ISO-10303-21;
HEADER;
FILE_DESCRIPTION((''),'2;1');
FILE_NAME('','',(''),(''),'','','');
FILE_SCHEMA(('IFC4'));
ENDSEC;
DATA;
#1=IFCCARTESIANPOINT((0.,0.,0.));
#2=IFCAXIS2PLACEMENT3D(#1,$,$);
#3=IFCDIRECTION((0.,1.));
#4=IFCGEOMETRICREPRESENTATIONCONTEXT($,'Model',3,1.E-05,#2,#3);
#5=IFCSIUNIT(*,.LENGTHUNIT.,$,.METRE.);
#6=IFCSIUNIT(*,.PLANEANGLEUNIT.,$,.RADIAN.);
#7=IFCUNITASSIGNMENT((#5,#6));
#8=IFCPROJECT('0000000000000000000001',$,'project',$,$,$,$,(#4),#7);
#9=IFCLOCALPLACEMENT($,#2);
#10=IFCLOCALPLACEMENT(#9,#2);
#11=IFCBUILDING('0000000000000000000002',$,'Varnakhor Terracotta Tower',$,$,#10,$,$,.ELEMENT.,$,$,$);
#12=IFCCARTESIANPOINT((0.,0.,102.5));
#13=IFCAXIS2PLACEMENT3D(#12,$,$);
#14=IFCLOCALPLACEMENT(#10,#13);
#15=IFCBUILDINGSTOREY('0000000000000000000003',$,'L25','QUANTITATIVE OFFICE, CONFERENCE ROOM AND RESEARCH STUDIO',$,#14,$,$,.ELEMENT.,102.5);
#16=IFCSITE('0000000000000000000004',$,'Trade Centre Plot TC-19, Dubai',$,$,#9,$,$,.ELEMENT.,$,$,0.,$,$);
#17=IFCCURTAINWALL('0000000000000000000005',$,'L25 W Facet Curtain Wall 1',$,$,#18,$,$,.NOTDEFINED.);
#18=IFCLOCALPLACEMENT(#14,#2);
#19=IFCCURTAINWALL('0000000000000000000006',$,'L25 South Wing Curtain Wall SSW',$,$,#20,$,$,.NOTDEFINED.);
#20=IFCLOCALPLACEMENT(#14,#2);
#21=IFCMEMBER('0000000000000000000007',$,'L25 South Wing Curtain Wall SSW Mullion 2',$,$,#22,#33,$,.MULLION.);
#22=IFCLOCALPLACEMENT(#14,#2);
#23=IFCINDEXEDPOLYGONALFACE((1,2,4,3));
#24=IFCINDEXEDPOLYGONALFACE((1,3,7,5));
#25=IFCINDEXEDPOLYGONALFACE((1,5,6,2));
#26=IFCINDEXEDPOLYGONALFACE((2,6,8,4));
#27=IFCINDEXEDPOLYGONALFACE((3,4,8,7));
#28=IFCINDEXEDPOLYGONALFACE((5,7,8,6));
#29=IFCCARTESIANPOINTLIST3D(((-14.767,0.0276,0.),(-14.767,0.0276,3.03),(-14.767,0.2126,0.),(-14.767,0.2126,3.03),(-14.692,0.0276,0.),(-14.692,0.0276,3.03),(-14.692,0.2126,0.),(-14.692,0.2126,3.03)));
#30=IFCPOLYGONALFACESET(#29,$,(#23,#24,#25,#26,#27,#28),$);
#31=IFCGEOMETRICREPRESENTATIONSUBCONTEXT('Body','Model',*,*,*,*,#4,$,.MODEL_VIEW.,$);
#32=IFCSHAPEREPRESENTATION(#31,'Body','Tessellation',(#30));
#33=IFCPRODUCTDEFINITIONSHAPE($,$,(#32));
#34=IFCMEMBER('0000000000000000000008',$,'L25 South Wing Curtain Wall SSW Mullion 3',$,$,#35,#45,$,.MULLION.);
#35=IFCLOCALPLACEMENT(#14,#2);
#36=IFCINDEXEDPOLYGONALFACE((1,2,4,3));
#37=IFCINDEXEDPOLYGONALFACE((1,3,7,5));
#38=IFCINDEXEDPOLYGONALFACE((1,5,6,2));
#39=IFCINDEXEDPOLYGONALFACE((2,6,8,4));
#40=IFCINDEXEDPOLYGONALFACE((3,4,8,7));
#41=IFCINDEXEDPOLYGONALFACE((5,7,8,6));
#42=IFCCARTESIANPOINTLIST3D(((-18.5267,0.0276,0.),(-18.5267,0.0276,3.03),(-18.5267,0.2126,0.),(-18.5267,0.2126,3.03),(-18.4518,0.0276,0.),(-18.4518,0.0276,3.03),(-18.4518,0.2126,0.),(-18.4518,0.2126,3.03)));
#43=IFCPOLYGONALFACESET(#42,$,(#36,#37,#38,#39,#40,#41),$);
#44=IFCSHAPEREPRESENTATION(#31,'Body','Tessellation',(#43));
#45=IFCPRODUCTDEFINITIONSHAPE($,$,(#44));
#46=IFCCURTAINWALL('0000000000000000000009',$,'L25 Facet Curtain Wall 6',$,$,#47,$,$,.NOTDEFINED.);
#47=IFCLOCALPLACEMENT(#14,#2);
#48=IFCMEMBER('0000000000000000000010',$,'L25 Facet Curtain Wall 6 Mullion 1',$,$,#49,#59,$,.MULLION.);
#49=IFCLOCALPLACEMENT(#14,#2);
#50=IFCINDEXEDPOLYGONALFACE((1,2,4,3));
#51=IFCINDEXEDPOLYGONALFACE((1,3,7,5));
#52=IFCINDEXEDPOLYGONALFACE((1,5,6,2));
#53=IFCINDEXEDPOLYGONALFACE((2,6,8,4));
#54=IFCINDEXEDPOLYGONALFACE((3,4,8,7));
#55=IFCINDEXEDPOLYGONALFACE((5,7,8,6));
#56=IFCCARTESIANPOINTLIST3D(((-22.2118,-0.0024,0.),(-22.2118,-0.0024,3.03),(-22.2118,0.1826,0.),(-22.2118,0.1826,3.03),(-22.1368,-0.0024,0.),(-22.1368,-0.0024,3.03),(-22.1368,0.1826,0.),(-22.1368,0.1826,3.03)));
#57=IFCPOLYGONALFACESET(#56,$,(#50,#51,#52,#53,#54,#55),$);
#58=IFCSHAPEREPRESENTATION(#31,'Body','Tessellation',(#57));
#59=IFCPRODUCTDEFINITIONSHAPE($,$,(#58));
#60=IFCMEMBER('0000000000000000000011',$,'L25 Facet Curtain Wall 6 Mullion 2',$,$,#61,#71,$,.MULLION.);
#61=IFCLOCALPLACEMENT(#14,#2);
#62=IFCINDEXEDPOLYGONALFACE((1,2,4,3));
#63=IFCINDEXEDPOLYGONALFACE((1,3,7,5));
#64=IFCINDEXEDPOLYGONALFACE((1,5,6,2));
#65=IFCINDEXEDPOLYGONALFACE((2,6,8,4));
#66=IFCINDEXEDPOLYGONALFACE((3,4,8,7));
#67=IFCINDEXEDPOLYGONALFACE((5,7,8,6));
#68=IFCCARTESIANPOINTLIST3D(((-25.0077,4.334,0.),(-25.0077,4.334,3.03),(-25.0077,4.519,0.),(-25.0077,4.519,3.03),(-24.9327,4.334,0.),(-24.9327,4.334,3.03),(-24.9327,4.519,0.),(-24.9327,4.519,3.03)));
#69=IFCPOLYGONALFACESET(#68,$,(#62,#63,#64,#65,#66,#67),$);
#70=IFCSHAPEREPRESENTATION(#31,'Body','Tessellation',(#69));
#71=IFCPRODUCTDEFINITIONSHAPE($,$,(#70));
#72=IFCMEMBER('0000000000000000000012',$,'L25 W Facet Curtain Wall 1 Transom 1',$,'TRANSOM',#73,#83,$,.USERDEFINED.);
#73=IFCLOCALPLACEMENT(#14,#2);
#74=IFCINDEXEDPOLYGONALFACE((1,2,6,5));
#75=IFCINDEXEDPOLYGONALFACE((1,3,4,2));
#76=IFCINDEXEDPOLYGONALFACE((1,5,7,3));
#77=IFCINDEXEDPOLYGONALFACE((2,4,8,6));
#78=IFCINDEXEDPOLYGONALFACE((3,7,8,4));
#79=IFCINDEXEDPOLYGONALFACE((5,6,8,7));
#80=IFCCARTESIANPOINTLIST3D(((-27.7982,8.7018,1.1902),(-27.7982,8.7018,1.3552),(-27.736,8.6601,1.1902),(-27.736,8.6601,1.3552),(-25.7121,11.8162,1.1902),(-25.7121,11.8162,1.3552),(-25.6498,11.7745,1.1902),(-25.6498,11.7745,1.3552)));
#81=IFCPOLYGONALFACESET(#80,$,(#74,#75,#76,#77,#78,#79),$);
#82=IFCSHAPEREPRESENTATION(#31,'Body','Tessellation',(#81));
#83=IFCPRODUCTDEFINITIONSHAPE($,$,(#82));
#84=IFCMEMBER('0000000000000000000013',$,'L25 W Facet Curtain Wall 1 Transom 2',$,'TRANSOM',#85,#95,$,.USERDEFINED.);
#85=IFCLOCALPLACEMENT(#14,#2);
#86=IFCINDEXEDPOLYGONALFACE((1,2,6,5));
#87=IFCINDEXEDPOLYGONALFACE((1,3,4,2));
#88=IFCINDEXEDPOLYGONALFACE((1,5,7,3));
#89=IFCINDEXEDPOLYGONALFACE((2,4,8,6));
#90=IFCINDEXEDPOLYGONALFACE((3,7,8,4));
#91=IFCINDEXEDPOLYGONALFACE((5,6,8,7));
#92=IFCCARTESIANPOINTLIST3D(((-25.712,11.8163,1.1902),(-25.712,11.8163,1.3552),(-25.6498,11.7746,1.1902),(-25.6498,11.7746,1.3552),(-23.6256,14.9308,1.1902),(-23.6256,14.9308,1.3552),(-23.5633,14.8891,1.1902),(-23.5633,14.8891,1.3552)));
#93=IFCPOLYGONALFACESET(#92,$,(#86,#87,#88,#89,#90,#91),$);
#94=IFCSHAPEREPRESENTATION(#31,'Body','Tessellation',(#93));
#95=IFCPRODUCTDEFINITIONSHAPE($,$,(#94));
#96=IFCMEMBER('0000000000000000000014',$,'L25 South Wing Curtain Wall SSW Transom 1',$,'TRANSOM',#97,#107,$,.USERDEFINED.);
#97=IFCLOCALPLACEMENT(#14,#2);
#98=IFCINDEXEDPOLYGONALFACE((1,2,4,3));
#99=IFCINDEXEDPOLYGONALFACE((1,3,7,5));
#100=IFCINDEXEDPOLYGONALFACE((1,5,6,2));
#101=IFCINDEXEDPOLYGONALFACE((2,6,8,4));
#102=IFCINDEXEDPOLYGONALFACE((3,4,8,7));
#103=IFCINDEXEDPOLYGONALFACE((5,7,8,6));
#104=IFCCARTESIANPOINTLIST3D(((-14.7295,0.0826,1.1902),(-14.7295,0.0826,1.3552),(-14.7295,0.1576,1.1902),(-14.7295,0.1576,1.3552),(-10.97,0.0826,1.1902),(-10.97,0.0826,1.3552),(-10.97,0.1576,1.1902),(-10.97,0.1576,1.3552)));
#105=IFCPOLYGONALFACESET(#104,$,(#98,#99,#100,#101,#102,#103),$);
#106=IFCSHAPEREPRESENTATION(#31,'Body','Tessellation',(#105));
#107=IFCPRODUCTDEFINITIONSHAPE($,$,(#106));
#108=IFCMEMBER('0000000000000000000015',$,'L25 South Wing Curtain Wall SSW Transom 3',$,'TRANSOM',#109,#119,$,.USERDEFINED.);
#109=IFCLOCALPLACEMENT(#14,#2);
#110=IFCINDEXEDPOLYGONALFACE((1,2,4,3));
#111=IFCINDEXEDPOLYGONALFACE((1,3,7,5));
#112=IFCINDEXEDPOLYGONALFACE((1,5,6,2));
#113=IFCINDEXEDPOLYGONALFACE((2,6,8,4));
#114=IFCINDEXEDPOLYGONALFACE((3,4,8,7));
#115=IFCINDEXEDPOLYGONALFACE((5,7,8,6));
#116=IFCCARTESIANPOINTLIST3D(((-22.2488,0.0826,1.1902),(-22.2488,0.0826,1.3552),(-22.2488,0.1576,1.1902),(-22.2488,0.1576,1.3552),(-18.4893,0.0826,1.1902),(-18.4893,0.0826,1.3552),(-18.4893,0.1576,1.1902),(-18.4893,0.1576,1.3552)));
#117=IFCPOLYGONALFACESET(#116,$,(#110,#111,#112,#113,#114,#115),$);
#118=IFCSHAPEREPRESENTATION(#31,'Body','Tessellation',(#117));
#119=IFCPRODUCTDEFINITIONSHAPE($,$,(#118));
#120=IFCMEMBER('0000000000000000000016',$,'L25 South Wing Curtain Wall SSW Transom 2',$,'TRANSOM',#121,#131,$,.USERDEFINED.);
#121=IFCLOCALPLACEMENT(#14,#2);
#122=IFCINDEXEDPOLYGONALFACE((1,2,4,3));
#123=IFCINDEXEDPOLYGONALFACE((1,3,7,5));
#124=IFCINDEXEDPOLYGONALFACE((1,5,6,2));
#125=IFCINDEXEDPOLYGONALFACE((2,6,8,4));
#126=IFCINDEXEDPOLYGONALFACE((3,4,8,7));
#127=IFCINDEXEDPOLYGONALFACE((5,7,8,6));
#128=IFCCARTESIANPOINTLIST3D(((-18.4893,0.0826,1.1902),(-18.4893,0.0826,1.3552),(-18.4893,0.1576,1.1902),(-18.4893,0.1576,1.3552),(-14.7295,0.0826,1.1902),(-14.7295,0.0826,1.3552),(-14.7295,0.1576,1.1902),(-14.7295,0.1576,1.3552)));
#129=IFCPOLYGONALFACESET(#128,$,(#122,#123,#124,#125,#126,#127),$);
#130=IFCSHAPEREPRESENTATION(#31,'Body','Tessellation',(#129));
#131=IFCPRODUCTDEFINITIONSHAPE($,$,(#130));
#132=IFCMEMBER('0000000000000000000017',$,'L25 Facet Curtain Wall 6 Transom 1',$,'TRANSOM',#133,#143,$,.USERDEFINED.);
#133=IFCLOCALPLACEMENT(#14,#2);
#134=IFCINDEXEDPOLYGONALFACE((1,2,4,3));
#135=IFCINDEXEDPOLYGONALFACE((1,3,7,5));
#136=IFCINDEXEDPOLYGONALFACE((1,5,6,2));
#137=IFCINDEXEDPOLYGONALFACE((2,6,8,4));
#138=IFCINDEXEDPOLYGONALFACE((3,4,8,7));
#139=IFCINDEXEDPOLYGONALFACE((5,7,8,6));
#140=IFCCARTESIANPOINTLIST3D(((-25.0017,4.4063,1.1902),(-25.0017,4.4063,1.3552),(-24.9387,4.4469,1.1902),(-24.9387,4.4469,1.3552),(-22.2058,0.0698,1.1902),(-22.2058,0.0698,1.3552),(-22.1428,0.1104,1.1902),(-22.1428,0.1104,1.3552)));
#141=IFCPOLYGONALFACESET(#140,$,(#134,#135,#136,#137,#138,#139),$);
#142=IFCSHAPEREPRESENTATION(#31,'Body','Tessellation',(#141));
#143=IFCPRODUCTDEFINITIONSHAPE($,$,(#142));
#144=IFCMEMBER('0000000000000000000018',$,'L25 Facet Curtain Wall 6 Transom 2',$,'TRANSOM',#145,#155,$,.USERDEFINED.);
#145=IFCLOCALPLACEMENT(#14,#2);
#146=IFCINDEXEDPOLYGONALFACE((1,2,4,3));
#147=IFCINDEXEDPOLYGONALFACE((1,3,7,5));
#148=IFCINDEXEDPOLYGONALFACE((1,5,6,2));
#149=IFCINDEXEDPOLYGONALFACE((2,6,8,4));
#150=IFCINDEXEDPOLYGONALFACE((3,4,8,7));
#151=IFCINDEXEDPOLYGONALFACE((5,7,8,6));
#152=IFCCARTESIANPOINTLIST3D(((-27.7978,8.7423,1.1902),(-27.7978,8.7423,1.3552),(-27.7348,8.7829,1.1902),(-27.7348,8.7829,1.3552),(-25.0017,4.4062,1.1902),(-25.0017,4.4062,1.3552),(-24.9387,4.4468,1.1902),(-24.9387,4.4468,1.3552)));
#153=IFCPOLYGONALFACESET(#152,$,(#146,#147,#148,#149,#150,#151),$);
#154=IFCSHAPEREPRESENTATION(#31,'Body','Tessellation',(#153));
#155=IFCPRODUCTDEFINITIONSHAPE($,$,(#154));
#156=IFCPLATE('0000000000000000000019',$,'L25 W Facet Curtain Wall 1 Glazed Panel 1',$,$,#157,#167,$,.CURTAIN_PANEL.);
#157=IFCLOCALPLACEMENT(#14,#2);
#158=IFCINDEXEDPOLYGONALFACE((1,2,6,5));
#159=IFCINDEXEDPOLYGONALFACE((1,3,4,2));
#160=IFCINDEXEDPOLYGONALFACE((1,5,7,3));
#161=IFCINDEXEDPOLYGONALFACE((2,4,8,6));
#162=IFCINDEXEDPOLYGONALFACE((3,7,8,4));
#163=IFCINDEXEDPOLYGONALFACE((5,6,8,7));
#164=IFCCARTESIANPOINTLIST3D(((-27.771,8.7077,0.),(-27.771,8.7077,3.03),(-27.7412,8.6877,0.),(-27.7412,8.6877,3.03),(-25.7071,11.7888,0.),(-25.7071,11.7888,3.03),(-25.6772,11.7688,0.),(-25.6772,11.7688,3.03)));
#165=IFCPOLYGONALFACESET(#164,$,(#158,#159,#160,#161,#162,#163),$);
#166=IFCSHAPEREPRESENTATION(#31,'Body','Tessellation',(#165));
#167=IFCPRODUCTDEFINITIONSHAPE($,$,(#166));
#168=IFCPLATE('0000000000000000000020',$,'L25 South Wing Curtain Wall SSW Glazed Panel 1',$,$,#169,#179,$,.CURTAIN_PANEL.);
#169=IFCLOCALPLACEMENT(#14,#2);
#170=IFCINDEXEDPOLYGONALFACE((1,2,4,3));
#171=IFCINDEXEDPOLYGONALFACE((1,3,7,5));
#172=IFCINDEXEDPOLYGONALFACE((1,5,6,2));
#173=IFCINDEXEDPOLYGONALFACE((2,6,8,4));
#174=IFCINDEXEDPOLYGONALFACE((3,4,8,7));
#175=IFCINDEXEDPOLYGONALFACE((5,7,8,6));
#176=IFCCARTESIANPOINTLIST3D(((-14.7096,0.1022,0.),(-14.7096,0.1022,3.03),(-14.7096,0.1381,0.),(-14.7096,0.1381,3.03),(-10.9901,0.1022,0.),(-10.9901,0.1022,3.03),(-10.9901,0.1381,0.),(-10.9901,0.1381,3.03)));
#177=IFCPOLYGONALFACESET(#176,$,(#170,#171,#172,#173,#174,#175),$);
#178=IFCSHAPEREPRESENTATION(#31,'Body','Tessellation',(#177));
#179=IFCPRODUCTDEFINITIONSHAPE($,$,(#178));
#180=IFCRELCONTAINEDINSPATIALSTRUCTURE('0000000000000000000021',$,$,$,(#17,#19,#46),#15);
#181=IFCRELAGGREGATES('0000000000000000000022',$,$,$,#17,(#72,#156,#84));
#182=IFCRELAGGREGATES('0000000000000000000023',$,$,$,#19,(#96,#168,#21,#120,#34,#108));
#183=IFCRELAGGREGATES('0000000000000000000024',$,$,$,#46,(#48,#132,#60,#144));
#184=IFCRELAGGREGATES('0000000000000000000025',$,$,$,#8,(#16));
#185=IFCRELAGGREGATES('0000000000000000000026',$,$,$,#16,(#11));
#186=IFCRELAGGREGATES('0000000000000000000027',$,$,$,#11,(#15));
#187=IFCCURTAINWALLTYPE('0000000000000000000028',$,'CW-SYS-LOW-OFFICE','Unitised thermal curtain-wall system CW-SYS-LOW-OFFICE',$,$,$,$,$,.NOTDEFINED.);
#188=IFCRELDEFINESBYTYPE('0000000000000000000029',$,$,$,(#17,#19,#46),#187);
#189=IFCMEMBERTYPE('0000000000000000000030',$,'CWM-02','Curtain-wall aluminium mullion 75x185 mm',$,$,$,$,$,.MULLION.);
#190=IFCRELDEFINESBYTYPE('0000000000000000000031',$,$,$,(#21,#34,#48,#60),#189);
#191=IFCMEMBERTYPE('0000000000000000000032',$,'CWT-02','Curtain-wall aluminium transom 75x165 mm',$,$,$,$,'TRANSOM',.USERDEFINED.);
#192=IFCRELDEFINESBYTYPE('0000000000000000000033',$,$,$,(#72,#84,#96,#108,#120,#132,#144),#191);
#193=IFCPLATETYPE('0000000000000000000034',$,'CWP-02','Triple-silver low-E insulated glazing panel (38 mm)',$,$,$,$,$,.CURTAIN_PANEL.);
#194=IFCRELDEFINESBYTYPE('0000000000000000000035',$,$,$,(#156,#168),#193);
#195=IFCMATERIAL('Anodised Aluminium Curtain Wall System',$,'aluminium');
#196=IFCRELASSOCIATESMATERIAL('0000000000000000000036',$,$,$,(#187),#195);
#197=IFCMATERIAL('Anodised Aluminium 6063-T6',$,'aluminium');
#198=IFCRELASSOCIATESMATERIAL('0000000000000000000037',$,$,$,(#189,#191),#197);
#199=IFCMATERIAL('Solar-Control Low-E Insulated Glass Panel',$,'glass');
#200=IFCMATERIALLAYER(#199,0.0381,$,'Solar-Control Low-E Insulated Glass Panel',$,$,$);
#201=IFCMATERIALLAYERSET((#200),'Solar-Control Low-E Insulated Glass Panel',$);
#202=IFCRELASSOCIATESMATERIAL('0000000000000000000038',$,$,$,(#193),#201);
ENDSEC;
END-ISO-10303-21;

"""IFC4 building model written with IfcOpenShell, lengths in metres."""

from ifc_helpers import new_model, si_unit, direction, frame, origin, origin_2d, place, context, subcontext, project, spatial, rectangle, extrude, source, transform, mapped, material, layer, layer_set, material_profile, profile_set, type_object, type_shapes, element, aggregate, save


model = new_model("IFC4")

# Units and contexts
model_context = context("Model", 3, precision=1e-05, world=origin(), true_north=direction((0.0, 1.0)))
body_context = subcontext(model_context, "Body", "Model", "MODEL_VIEW")
ifc_project = project(units=[si_unit("LENGTHUNIT", "METRE"), si_unit("PLANEANGLEUNIT", "RADIAN")], contexts=[model_context])

# Site, building, storey
site_placement = place(None, origin())
site = spatial("IfcSite", under=ifc_project, at=site_placement, Name="Trade Centre Plot TC-19, Dubai", CompositionType="ELEMENT", RefElevation=0.0)
building_placement = place(site_placement, origin())
building = spatial("IfcBuilding", under=site, at=building_placement, Name="Varnakhor Terracotta Tower", CompositionType="ELEMENT")
storey_placement = place(building_placement, frame((0.0, 0.0, 102.5)))
storey = spatial("IfcBuildingStorey", under=building, at=storey_placement, Name="L25", Description="QUANTITATIVE OFFICE, CONFERENCE ROOM AND RESEARCH STUDIO", CompositionType="ELEMENT", Elevation=102.5)

# Curtain walls, members
ifc_material_1 = material(Name="Anodised Aluminium Curtain Wall System", Category="aluminium")
curtain_wall_type = type_object("IfcCurtainWallType", Name="CW-SYS-LOW-OFFICE", Description="Unitised thermal curtain-wall system CW-SYS-LOW-OFFICE", PredefinedType="NOTDEFINED", material=ifc_material_1)
curtain_wall_1_placement = place(storey_placement, origin())
curtain_wall_1 = element("IfcCurtainWall", 1, at=curtain_wall_1_placement, inside=storey, type_object=curtain_wall_type, Name="L25 W Facet Curtain Wall 1", PredefinedType="NOTDEFINED")
ifc_material_2 = material(Name="Anodised Aluminium 6063-T6", Category="aluminium")
ifc_material_profile_1 = material_profile(ifc_material_2, rectangle(XDim=0.075, YDim=0.1851, at=origin_2d()), Name="ALU MULLION 75x185")
ifc_profile_set_1 = profile_set([ifc_material_profile_1], Name="Anodised Aluminium 6063-T6")
member_type_1 = type_object("IfcMemberType", Name="CWM-02", Description="Curtain-wall aluminium mullion 75x185 mm", PredefinedType="MULLION", material=ifc_profile_set_1)
shared_shape_1 = source(origin(), body_context, "Body", "SweptSolid", [
    extrude(rectangle(XDim=0.075, YDim=0.1851, at=origin_2d()), origin(), (0.0, 0.0, 1.0), 3.03),
])
type_shapes(member_type_1, [shared_shape_1])
curtain_wall_2_placement = place(storey_placement, origin())
curtain_wall_2 = element("IfcCurtainWall", 2, at=curtain_wall_2_placement, inside=storey, type_object=curtain_wall_type, Name="L25 South Wing Curtain Wall SSW", PredefinedType="NOTDEFINED")
member_1_placement = place(storey_placement, frame((-14.7295, 0.1201, 0.0), z_axis=(0.0, 0.0, 1.0), x_axis=(1.0, 0.0, 0.0)))
member_1 = element("IfcMember", 3, at=member_1_placement, type_object=member_type_1, Name="L25 South Wing Curtain Wall SSW Mullion 2", PredefinedType="MULLION", context=body_context, shape_type="MappedRepresentation", body=[
    mapped(shared_shape_1, transform((0.0, 0.0, 0.0), scale=1.0)),
])
member_2_placement = place(storey_placement, frame((-18.4893, 0.1201, 0.0), z_axis=(0.0, 0.0, 1.0), x_axis=(1.0, 0.0, 0.0)))
member_2 = element("IfcMember", 4, at=member_2_placement, type_object=member_type_1, Name="L25 South Wing Curtain Wall SSW Mullion 3", PredefinedType="MULLION", context=body_context, shape_type="MappedRepresentation", body=[
    mapped(shared_shape_1, transform((0.0, 0.0, 0.0), scale=1.0)),
])
curtain_wall_3_placement = place(storey_placement, origin())
curtain_wall_3 = element("IfcCurtainWall", 5, at=curtain_wall_3_placement, inside=storey, type_object=curtain_wall_type, Name="L25 Facet Curtain Wall 6", PredefinedType="NOTDEFINED")
member_3_placement = place(storey_placement, frame((-22.1743, 0.0901, 0.0), z_axis=(0.0, 0.0, 1.0), x_axis=(1.0, 0.0, 0.0)))
member_3 = element("IfcMember", 6, at=member_3_placement, type_object=member_type_1, Name="L25 Facet Curtain Wall 6 Mullion 1", PredefinedType="MULLION", context=body_context, shape_type="MappedRepresentation", body=[
    mapped(shared_shape_1, transform((0.0, 0.0, 0.0), scale=1.0)),
])
member_4_placement = place(storey_placement, frame((-24.9702, 4.4265, 0.0), z_axis=(0.0, 0.0, 1.0), x_axis=(1.0, 0.0, 0.0)))
member_4 = element("IfcMember", 7, at=member_4_placement, type_object=member_type_1, Name="L25 Facet Curtain Wall 6 Mullion 2", PredefinedType="MULLION", context=body_context, shape_type="MappedRepresentation", body=[
    mapped(shared_shape_1, transform((0.0, 0.0, 0.0), scale=1.0)),
])

# Members
ifc_material_profile_2 = material_profile(ifc_material_2, rectangle(XDim=0.075, YDim=0.165, at=origin_2d()), Name="ALU TRANSOM 75x165")
ifc_profile_set_2 = profile_set([ifc_material_profile_2], Name="Anodised Aluminium 6063-T6")
member_type_2 = type_object("IfcMemberType", Name="CWT-02", Description="Curtain-wall aluminium transom 75x165 mm", ElementType="TRANSOM", PredefinedType="USERDEFINED", material=ifc_profile_set_2)
shared_shape_2 = source(origin(), body_context, "Body", "SweptSolid", [
    extrude(rectangle(XDim=0.075, YDim=0.165, at=origin_2d()), origin(), (0.0, 0.0, 1.0), 3.7485),
])
member_5_placement = place(storey_placement, frame((-27.7671, 8.6809, 1.2727), z_axis=(0.556517, 0.830836, 0.0), x_axis=(-0.830836, 0.556517, 0.0)))
member_5 = element("IfcMember", 8, at=member_5_placement, type_object=member_type_2, Name="L25 W Facet Curtain Wall 1 Transom 1", ObjectType="TRANSOM", PredefinedType="USERDEFINED", context=body_context, shape_type="MappedRepresentation", body=[
    mapped(shared_shape_2, transform((0.0, 0.0, 0.0), scale=1.0)),
])
shared_shape_3 = source(origin(), body_context, "Body", "SweptSolid", [
    extrude(rectangle(XDim=0.075, YDim=0.165, at=origin_2d()), origin(), (0.0, 0.0, 1.0), 3.7488),
])
member_6_placement = place(storey_placement, frame((-25.6809, 11.7954, 1.2727), z_axis=(0.556562, 0.830806, 0.0), x_axis=(-0.830806, 0.556562, 0.0)))
member_6 = element("IfcMember", 9, at=member_6_placement, type_object=member_type_2, Name="L25 W Facet Curtain Wall 1 Transom 2", ObjectType="TRANSOM", PredefinedType="USERDEFINED", context=body_context, shape_type="MappedRepresentation", body=[
    mapped(shared_shape_3, transform((0.0, 0.0, 0.0), scale=1.0)),
])
shared_shape_4 = source(origin(), body_context, "Body", "SweptSolid", [
    extrude(rectangle(XDim=0.075, YDim=0.165, at=origin_2d()), origin(), (0.0, 0.0, 1.0), 3.7595),
])
member_7_placement = place(storey_placement, frame((-10.97, 0.1201, 1.2727), z_axis=(-1.0, 0.0, 0.0), x_axis=(0.0, -1.0, 0.0)))
member_7 = element("IfcMember", 10, at=member_7_placement, type_object=member_type_2, Name="L25 South Wing Curtain Wall SSW Transom 1", ObjectType="TRANSOM", PredefinedType="USERDEFINED", context=body_context, shape_type="MappedRepresentation", body=[
    mapped(shared_shape_4, transform((0.0, 0.0, 0.0), scale=1.0)),
])
member_8_placement = place(storey_placement, frame((-18.4893, 0.1201, 1.2727), z_axis=(-1.0, 0.0, 0.0), x_axis=(0.0, -1.0, 0.0)))
member_8 = element("IfcMember", 11, at=member_8_placement, type_object=member_type_2, Name="L25 South Wing Curtain Wall SSW Transom 3", ObjectType="TRANSOM", PredefinedType="USERDEFINED", context=body_context, shape_type="MappedRepresentation", body=[
    mapped(shared_shape_4, transform((0.0, 0.0, 0.0), scale=1.0)),
])
shared_shape_5 = source(origin(), body_context, "Body", "SweptSolid", [
    extrude(rectangle(XDim=0.075, YDim=0.165, at=origin_2d()), origin(), (0.0, 0.0, 1.0), 3.7598),
])
member_9_placement = place(storey_placement, frame((-14.7295, 0.1201, 1.2727), z_axis=(-1.0, 0.0, 0.0), x_axis=(0.0, -1.0, 0.0)))
member_9 = element("IfcMember", 12, at=member_9_placement, type_object=member_type_2, Name="L25 South Wing Curtain Wall SSW Transom 2", ObjectType="TRANSOM", PredefinedType="USERDEFINED", context=body_context, shape_type="MappedRepresentation", body=[
    mapped(shared_shape_5, transform((0.0, 0.0, 0.0), scale=1.0)),
])
shared_shape_6 = source(origin(), body_context, "Body", "SweptSolid", [
    extrude(rectangle(XDim=0.075, YDim=0.165, at=origin_2d()), origin(), (0.0, 0.0, 1.0), 5.1597),
])
member_10_placement = place(storey_placement, frame((-22.1743, 0.0901, 1.2727), z_axis=(-0.541881, 0.840455, 0.0), x_axis=(-0.840455, -0.541881, 0.0)))
member_10 = element("IfcMember", 13, at=member_10_placement, type_object=member_type_2, Name="L25 Facet Curtain Wall 6 Transom 1", ObjectType="TRANSOM", PredefinedType="USERDEFINED", context=body_context, shape_type="MappedRepresentation", body=[
    mapped(shared_shape_6, transform((0.0, 0.0, 0.0), scale=1.0)),
])
shared_shape_7 = source(origin(), body_context, "Body", "SweptSolid", [
    extrude(rectangle(XDim=0.075, YDim=0.165, at=origin_2d()), origin(), (0.0, 0.0, 1.0), 5.1594),
])
member_11_placement = place(storey_placement, frame((-24.9702, 4.4265, 1.2727), z_axis=(-0.541936, 0.84042, 0.0), x_axis=(-0.84042, -0.541936, 0.0)))
member_11 = element("IfcMember", 14, at=member_11_placement, type_object=member_type_2, Name="L25 Facet Curtain Wall 6 Transom 2", ObjectType="TRANSOM", PredefinedType="USERDEFINED", context=body_context, shape_type="MappedRepresentation", body=[
    mapped(shared_shape_7, transform((0.0, 0.0, 0.0), scale=1.0)),
])

# Plates
ifc_material_3 = material(Name="Solar-Control Low-E Insulated Glass Panel", Category="glass")
ifc_layer_1 = layer(ifc_material_3, 0.0381, Name="Solar-Control Low-E Insulated Glass Panel")
ifc_layer_set_1 = layer_set([ifc_layer_1], Name="Solar-Control Low-E Insulated Glass Panel")
plate_type = type_object("IfcPlateType", Name="CWP-02", Description="Triple-silver low-E insulated glazing panel (38 mm)", PredefinedType="CURTAIN_PANEL", material=ifc_layer_set_1)
shared_shape_8 = source(origin(), body_context, "Body", "SweptSolid", [
    extrude(rectangle(XDim=3.7085, YDim=0.0359, at=origin_2d()), origin(), (0.0, 0.0, 1.0), 3.03),
])
plate_1_placement = place(storey_placement, frame((-26.7241, 10.2383, 0.0), z_axis=(0.0, 0.0, 1.0), x_axis=(0.556542, 0.830819, 0.0)))
plate_1 = element("IfcPlate", 15, at=plate_1_placement, type_object=plate_type, Name="L25 W Facet Curtain Wall 1 Glazed Panel 1", PredefinedType="CURTAIN_PANEL", context=body_context, shape_type="MappedRepresentation", body=[
    mapped(shared_shape_8, transform((0.0, 0.0, 0.0), scale=1.0)),
])
aggregate(curtain_wall_1, [member_5, plate_1, member_6])
shared_shape_9 = source(origin(), body_context, "Body", "SweptSolid", [
    extrude(rectangle(XDim=3.7195, YDim=0.0359, at=origin_2d()), origin(), (0.0, 0.0, 1.0), 3.03),
])
plate_2_placement = place(storey_placement, frame((-12.8499, 0.1201, 0.0), z_axis=(0.0, 0.0, 1.0), x_axis=(-1.0, 0.0, 0.0)))
plate_2 = element("IfcPlate", 16, at=plate_2_placement, type_object=plate_type, Name="L25 South Wing Curtain Wall SSW Glazed Panel 1", PredefinedType="CURTAIN_PANEL", context=body_context, shape_type="MappedRepresentation", body=[
    mapped(shared_shape_9, transform((0.0, 0.0, 0.0), scale=1.0)),
])
aggregate(curtain_wall_2, [member_7, plate_2, member_1, member_9, member_2, member_8])
aggregate(curtain_wall_3, [member_3, member_10, member_4, member_11])

save(model, "model.ifc")
